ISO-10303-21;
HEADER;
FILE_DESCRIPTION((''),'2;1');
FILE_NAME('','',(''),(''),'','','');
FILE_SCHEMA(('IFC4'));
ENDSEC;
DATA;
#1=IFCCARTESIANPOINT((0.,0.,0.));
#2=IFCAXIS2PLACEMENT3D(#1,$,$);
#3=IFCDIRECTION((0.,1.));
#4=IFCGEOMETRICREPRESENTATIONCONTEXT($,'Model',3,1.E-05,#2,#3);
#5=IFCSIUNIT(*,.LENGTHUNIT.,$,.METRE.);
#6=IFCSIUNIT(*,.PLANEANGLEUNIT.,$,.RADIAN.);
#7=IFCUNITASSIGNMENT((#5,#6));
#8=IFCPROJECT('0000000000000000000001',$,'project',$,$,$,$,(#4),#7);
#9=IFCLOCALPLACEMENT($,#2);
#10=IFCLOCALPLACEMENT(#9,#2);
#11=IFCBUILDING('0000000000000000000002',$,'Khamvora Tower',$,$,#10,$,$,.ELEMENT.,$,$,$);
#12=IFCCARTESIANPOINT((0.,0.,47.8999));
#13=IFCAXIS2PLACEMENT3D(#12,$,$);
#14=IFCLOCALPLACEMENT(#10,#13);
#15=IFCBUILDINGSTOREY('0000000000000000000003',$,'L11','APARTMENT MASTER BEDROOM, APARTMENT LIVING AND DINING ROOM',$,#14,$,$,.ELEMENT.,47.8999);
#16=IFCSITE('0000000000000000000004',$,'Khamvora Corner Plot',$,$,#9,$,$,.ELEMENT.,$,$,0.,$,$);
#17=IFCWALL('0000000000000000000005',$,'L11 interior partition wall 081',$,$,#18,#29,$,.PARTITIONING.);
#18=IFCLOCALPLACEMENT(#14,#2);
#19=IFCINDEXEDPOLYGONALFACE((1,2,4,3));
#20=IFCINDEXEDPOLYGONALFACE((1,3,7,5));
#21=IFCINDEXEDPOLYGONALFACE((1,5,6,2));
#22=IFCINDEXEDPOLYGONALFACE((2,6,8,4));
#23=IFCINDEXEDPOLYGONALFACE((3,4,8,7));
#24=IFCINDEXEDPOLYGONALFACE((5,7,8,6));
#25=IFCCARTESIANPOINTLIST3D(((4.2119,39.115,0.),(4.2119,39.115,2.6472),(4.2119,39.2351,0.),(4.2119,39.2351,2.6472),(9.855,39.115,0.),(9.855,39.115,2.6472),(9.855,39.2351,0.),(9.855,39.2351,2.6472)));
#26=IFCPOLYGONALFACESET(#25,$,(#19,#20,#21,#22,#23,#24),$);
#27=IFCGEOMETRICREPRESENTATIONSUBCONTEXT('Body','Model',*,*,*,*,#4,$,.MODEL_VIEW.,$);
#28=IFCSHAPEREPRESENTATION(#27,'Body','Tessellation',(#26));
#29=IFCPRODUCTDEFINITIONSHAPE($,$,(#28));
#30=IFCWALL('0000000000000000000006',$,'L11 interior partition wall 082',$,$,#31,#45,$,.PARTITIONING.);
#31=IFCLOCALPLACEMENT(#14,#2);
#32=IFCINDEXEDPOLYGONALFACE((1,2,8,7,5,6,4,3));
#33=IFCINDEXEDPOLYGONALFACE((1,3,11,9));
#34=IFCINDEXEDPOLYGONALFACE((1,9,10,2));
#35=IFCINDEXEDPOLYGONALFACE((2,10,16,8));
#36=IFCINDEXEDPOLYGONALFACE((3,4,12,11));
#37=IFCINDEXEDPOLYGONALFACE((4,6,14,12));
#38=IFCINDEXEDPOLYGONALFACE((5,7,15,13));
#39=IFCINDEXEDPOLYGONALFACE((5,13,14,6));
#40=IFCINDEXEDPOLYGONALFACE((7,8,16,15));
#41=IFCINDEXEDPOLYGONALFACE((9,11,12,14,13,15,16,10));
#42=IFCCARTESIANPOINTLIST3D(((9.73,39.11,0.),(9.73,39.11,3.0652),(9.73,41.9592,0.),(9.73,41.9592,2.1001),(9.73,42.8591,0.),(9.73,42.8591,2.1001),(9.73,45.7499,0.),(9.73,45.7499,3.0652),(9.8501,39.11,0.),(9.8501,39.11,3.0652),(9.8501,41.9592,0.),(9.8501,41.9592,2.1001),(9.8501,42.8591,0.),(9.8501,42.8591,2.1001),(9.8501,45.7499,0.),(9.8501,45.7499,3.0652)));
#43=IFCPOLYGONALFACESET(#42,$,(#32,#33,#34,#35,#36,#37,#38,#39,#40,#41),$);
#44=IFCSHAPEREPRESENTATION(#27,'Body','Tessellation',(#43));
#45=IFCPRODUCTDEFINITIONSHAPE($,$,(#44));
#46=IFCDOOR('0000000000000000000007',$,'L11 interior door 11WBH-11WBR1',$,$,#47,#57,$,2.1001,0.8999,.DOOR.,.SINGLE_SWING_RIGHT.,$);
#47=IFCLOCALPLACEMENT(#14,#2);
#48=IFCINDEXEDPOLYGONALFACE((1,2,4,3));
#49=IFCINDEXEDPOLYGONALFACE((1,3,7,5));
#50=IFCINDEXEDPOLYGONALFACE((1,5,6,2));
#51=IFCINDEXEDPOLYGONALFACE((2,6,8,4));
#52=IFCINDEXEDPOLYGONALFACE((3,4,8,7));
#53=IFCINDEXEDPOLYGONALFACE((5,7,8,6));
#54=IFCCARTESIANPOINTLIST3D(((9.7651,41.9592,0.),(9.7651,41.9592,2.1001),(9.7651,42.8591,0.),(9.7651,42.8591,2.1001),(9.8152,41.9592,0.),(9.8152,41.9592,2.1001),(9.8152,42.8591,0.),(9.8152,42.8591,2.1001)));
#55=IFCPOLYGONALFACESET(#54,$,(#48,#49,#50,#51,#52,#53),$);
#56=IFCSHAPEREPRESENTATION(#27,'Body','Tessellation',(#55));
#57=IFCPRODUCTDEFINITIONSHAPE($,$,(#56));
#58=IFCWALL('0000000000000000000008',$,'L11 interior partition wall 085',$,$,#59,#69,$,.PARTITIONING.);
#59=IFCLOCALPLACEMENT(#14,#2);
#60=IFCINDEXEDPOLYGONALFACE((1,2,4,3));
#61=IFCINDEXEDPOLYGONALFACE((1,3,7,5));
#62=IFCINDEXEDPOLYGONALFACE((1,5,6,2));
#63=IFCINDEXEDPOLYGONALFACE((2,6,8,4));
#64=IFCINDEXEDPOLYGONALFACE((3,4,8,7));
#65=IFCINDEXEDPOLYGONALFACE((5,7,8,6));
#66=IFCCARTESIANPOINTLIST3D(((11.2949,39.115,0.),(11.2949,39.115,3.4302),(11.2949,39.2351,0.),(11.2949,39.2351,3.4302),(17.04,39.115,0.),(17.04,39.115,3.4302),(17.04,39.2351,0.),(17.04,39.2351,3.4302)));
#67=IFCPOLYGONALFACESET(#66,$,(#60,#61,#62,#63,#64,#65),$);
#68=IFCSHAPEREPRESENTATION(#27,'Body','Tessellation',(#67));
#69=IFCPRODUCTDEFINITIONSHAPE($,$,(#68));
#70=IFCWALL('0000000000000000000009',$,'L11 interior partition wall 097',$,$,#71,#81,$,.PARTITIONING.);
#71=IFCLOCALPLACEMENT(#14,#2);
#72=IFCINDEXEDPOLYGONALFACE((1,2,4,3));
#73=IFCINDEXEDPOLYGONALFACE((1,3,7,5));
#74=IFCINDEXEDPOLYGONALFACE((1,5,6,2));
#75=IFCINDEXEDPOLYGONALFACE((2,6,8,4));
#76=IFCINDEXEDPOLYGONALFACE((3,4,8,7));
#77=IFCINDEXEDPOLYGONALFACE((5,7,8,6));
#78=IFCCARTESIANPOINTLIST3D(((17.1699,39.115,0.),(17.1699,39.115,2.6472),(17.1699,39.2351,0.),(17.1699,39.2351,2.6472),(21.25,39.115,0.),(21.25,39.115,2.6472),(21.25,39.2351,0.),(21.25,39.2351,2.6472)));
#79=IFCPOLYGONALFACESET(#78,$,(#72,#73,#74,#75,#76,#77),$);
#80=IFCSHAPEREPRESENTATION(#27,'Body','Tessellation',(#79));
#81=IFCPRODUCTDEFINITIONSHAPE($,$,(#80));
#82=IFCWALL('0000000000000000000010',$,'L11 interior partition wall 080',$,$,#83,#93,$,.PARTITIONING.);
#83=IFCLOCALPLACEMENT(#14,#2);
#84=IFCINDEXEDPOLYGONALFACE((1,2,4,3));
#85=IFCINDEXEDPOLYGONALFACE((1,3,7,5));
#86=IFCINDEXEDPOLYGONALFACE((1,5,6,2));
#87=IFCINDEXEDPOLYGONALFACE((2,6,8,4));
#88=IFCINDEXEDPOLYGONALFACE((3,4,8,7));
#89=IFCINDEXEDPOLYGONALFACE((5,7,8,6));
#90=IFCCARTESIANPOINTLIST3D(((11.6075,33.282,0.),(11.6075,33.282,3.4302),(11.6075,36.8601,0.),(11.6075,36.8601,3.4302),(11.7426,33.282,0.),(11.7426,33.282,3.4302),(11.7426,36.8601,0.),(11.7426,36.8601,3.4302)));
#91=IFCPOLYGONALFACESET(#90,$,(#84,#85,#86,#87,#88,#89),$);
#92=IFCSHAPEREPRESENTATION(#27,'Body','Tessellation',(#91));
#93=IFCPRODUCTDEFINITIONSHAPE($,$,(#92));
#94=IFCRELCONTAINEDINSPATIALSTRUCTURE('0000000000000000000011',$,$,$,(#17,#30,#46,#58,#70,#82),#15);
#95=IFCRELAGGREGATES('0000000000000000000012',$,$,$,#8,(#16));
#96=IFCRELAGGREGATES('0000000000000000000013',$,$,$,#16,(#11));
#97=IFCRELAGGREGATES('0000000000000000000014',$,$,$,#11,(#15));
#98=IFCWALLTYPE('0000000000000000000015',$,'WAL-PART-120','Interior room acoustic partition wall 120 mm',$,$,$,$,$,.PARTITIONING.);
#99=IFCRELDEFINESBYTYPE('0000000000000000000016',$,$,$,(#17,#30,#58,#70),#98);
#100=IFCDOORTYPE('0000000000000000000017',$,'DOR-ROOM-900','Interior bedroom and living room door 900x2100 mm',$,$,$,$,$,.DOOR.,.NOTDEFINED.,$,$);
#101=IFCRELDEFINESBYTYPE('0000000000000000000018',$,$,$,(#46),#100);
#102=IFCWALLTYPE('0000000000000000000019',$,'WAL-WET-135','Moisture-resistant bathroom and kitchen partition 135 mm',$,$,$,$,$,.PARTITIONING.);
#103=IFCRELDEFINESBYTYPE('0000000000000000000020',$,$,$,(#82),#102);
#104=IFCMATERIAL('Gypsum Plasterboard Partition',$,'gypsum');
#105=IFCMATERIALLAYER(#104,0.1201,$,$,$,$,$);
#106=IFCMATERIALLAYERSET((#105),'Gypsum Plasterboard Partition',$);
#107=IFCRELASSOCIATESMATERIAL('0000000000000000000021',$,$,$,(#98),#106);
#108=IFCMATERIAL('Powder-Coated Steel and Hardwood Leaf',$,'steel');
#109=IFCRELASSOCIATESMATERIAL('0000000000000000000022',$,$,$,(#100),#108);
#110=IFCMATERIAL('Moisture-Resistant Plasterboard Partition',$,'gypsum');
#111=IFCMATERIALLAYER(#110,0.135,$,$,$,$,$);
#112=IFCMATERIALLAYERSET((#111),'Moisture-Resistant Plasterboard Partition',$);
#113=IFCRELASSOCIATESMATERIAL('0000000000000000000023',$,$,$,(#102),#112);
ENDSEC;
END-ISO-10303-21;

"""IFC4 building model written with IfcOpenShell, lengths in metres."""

from ifc_helpers import new_model, si_unit, direction, frame, frame_2d, origin, place, context, subcontext, project, spatial, rectangle, extrude, material, layer, layer_set, type_object, element, fill, save


model = new_model("IFC4")

# Units and contexts
model_context = context("Model", 3, precision=1e-05, world=origin(), true_north=direction((0.0, 1.0)))
body_context = subcontext(model_context, "Body", "Model", "MODEL_VIEW")
ifc_project = project(units=[si_unit("LENGTHUNIT", "METRE"), si_unit("PLANEANGLEUNIT", "RADIAN")], contexts=[model_context])

# Site, building, storey
site_placement = place(None, origin())
site = spatial("IfcSite", under=ifc_project, at=site_placement, Name="Khamvora Corner Plot", CompositionType="ELEMENT", RefElevation=0.0)
building_placement = place(site_placement, origin())
building = spatial("IfcBuilding", under=site, at=building_placement, Name="Khamvora Tower", CompositionType="ELEMENT")
storey_placement = place(building_placement, frame((0.0, 0.0, 47.8999)))
storey = spatial("IfcBuildingStorey", under=building, at=storey_placement, Name="L11", Description="APARTMENT MASTER BEDROOM, APARTMENT LIVING AND DINING ROOM", CompositionType="ELEMENT", Elevation=47.8999)

# Wall
ifc_material_1 = material(Name="Gypsum Plasterboard Partition", Category="gypsum")
ifc_layer_1 = layer(ifc_material_1, 0.1201)
ifc_layer_set_1 = layer_set([ifc_layer_1], Name="Gypsum Plasterboard Partition")
wall_type_1 = type_object("IfcWallType", Name="WAL-PART-120", Description="Interior room acoustic partition wall 120 mm", PredefinedType="PARTITIONING", material=ifc_layer_set_1)
wall_1_placement = place(storey_placement, frame((4.2119, 39.175, 0.0), z_axis=(0.0, 0.0, 1.0), x_axis=(1.0, 0.0, 0.0)))
element("IfcWall", 1, at=wall_1_placement, inside=storey, type_object=wall_type_1, Name="L11 interior partition wall 081", PredefinedType="PARTITIONING", context=body_context, shape_type="SweptSolid", body=[
    extrude(rectangle(XDim=5.6431, YDim=0.1201, at=frame_2d((2.8215, 0.0))), origin(), (0.0, 0.0, 1.0), 2.6472),
])

# Wall, opening, door
wall_2_placement = place(storey_placement, frame((9.79, 39.1101, 0.0), z_axis=(0.0, 0.0, 1.0), x_axis=(0.0, 1.0, 0.0)))
wall_2 = element("IfcWall", 2, at=wall_2_placement, inside=storey, type_object=wall_type_1, Name="L11 interior partition wall 082", PredefinedType="PARTITIONING", context=body_context, shape_type="SweptSolid", body=[
    extrude(rectangle(XDim=6.6399, YDim=0.1201, at=frame_2d((3.3198, 0.0))), origin(), (0.0, 0.0, 1.0), 3.0652),
])
opening_placement = place(wall_2_placement, frame((2.8491, 0.0, 0.0)))
opening = element("IfcOpeningElement", 3, at=opening_placement, cuts=wall_2, PredefinedType="OPENING", context=body_context, shape_type="SweptSolid", body=[
    extrude(rectangle(XDim=0.8999, YDim=2.1001, at=frame_2d((0.45, 1.05))), frame((0.0, 0.0701, 0.0), z_axis=(0.0, -1.0, 0.0), x_axis=(1.0, 0.0, 0.0)), (0.0, 0.0, 1.0), 0.1401),
])
ifc_material_2 = material(Name="Powder-Coated Steel and Hardwood Leaf", Category="steel")
door_type = type_object("IfcDoorType", Name="DOR-ROOM-900", Description="Interior bedroom and living room door 900x2100 mm", OperationType="NOTDEFINED", PredefinedType="DOOR", material=ifc_material_2)
door_placement = place(opening_placement, origin())
door = element("IfcDoor", 4, at=door_placement, inside=storey, type_object=door_type, Name="L11 interior door 11WBH-11WBR1", OperationType="SINGLE_SWING_RIGHT", OverallHeight=2.1001, OverallWidth=0.8999, PredefinedType="DOOR", context=body_context, shape_type="SweptSolid", body=[
    extrude(rectangle(XDim=0.8999, YDim=2.1001, at=frame_2d((0.45, 1.05))), frame((0.0, 0.0249, 0.0), z_axis=(0.0, -1.0, 0.0), x_axis=(1.0, 0.0, 0.0)), (0.0, 0.0, 1.0), 0.05),
])
fill(opening, door)

# Walls
wall_3_placement = place(storey_placement, frame((11.2949, 39.175, 0.0), z_axis=(0.0, 0.0, 1.0), x_axis=(1.0, 0.0, 0.0)))
element("IfcWall", 5, at=wall_3_placement, inside=storey, type_object=wall_type_1, Name="L11 interior partition wall 085", PredefinedType="PARTITIONING", context=body_context, shape_type="SweptSolid", body=[
    extrude(rectangle(XDim=5.7451, YDim=0.1201, at=frame_2d((2.8726, 0.0))), origin(), (0.0, 0.0, 1.0), 3.4302),
])
wall_4_placement = place(storey_placement, frame((17.1699, 39.175, 0.0), z_axis=(0.0, 0.0, 1.0), x_axis=(1.0, 0.0, 0.0)))
element("IfcWall", 6, at=wall_4_placement, inside=storey, type_object=wall_type_1, Name="L11 interior partition wall 097", PredefinedType="PARTITIONING", context=body_context, shape_type="SweptSolid", body=[
    extrude(rectangle(XDim=4.0801, YDim=0.1201, at=frame_2d((2.04, 0.0))), origin(), (0.0, 0.0, 1.0), 2.6472),
])
ifc_material_3 = material(Name="Moisture-Resistant Plasterboard Partition", Category="gypsum")
ifc_layer_2 = layer(ifc_material_3, 0.135)
ifc_layer_set_2 = layer_set([ifc_layer_2], Name="Moisture-Resistant Plasterboard Partition")
wall_type_2 = type_object("IfcWallType", Name="WAL-WET-135", Description="Moisture-resistant bathroom and kitchen partition 135 mm", PredefinedType="PARTITIONING", material=ifc_layer_set_2)
wall_5_placement = place(storey_placement, frame((11.675, 36.8601, 0.0), z_axis=(0.0, 0.0, 1.0), x_axis=(0.0, -1.0, 0.0)))
element("IfcWall", 7, at=wall_5_placement, inside=storey, type_object=wall_type_2, Name="L11 interior partition wall 080", PredefinedType="PARTITIONING", context=body_context, shape_type="SweptSolid", body=[
    extrude(rectangle(XDim=3.5781, YDim=0.135, at=frame_2d((1.7891, 0.0))), origin(), (0.0, 0.0, 1.0), 3.4302),
])

save(model, "model.ifc")
